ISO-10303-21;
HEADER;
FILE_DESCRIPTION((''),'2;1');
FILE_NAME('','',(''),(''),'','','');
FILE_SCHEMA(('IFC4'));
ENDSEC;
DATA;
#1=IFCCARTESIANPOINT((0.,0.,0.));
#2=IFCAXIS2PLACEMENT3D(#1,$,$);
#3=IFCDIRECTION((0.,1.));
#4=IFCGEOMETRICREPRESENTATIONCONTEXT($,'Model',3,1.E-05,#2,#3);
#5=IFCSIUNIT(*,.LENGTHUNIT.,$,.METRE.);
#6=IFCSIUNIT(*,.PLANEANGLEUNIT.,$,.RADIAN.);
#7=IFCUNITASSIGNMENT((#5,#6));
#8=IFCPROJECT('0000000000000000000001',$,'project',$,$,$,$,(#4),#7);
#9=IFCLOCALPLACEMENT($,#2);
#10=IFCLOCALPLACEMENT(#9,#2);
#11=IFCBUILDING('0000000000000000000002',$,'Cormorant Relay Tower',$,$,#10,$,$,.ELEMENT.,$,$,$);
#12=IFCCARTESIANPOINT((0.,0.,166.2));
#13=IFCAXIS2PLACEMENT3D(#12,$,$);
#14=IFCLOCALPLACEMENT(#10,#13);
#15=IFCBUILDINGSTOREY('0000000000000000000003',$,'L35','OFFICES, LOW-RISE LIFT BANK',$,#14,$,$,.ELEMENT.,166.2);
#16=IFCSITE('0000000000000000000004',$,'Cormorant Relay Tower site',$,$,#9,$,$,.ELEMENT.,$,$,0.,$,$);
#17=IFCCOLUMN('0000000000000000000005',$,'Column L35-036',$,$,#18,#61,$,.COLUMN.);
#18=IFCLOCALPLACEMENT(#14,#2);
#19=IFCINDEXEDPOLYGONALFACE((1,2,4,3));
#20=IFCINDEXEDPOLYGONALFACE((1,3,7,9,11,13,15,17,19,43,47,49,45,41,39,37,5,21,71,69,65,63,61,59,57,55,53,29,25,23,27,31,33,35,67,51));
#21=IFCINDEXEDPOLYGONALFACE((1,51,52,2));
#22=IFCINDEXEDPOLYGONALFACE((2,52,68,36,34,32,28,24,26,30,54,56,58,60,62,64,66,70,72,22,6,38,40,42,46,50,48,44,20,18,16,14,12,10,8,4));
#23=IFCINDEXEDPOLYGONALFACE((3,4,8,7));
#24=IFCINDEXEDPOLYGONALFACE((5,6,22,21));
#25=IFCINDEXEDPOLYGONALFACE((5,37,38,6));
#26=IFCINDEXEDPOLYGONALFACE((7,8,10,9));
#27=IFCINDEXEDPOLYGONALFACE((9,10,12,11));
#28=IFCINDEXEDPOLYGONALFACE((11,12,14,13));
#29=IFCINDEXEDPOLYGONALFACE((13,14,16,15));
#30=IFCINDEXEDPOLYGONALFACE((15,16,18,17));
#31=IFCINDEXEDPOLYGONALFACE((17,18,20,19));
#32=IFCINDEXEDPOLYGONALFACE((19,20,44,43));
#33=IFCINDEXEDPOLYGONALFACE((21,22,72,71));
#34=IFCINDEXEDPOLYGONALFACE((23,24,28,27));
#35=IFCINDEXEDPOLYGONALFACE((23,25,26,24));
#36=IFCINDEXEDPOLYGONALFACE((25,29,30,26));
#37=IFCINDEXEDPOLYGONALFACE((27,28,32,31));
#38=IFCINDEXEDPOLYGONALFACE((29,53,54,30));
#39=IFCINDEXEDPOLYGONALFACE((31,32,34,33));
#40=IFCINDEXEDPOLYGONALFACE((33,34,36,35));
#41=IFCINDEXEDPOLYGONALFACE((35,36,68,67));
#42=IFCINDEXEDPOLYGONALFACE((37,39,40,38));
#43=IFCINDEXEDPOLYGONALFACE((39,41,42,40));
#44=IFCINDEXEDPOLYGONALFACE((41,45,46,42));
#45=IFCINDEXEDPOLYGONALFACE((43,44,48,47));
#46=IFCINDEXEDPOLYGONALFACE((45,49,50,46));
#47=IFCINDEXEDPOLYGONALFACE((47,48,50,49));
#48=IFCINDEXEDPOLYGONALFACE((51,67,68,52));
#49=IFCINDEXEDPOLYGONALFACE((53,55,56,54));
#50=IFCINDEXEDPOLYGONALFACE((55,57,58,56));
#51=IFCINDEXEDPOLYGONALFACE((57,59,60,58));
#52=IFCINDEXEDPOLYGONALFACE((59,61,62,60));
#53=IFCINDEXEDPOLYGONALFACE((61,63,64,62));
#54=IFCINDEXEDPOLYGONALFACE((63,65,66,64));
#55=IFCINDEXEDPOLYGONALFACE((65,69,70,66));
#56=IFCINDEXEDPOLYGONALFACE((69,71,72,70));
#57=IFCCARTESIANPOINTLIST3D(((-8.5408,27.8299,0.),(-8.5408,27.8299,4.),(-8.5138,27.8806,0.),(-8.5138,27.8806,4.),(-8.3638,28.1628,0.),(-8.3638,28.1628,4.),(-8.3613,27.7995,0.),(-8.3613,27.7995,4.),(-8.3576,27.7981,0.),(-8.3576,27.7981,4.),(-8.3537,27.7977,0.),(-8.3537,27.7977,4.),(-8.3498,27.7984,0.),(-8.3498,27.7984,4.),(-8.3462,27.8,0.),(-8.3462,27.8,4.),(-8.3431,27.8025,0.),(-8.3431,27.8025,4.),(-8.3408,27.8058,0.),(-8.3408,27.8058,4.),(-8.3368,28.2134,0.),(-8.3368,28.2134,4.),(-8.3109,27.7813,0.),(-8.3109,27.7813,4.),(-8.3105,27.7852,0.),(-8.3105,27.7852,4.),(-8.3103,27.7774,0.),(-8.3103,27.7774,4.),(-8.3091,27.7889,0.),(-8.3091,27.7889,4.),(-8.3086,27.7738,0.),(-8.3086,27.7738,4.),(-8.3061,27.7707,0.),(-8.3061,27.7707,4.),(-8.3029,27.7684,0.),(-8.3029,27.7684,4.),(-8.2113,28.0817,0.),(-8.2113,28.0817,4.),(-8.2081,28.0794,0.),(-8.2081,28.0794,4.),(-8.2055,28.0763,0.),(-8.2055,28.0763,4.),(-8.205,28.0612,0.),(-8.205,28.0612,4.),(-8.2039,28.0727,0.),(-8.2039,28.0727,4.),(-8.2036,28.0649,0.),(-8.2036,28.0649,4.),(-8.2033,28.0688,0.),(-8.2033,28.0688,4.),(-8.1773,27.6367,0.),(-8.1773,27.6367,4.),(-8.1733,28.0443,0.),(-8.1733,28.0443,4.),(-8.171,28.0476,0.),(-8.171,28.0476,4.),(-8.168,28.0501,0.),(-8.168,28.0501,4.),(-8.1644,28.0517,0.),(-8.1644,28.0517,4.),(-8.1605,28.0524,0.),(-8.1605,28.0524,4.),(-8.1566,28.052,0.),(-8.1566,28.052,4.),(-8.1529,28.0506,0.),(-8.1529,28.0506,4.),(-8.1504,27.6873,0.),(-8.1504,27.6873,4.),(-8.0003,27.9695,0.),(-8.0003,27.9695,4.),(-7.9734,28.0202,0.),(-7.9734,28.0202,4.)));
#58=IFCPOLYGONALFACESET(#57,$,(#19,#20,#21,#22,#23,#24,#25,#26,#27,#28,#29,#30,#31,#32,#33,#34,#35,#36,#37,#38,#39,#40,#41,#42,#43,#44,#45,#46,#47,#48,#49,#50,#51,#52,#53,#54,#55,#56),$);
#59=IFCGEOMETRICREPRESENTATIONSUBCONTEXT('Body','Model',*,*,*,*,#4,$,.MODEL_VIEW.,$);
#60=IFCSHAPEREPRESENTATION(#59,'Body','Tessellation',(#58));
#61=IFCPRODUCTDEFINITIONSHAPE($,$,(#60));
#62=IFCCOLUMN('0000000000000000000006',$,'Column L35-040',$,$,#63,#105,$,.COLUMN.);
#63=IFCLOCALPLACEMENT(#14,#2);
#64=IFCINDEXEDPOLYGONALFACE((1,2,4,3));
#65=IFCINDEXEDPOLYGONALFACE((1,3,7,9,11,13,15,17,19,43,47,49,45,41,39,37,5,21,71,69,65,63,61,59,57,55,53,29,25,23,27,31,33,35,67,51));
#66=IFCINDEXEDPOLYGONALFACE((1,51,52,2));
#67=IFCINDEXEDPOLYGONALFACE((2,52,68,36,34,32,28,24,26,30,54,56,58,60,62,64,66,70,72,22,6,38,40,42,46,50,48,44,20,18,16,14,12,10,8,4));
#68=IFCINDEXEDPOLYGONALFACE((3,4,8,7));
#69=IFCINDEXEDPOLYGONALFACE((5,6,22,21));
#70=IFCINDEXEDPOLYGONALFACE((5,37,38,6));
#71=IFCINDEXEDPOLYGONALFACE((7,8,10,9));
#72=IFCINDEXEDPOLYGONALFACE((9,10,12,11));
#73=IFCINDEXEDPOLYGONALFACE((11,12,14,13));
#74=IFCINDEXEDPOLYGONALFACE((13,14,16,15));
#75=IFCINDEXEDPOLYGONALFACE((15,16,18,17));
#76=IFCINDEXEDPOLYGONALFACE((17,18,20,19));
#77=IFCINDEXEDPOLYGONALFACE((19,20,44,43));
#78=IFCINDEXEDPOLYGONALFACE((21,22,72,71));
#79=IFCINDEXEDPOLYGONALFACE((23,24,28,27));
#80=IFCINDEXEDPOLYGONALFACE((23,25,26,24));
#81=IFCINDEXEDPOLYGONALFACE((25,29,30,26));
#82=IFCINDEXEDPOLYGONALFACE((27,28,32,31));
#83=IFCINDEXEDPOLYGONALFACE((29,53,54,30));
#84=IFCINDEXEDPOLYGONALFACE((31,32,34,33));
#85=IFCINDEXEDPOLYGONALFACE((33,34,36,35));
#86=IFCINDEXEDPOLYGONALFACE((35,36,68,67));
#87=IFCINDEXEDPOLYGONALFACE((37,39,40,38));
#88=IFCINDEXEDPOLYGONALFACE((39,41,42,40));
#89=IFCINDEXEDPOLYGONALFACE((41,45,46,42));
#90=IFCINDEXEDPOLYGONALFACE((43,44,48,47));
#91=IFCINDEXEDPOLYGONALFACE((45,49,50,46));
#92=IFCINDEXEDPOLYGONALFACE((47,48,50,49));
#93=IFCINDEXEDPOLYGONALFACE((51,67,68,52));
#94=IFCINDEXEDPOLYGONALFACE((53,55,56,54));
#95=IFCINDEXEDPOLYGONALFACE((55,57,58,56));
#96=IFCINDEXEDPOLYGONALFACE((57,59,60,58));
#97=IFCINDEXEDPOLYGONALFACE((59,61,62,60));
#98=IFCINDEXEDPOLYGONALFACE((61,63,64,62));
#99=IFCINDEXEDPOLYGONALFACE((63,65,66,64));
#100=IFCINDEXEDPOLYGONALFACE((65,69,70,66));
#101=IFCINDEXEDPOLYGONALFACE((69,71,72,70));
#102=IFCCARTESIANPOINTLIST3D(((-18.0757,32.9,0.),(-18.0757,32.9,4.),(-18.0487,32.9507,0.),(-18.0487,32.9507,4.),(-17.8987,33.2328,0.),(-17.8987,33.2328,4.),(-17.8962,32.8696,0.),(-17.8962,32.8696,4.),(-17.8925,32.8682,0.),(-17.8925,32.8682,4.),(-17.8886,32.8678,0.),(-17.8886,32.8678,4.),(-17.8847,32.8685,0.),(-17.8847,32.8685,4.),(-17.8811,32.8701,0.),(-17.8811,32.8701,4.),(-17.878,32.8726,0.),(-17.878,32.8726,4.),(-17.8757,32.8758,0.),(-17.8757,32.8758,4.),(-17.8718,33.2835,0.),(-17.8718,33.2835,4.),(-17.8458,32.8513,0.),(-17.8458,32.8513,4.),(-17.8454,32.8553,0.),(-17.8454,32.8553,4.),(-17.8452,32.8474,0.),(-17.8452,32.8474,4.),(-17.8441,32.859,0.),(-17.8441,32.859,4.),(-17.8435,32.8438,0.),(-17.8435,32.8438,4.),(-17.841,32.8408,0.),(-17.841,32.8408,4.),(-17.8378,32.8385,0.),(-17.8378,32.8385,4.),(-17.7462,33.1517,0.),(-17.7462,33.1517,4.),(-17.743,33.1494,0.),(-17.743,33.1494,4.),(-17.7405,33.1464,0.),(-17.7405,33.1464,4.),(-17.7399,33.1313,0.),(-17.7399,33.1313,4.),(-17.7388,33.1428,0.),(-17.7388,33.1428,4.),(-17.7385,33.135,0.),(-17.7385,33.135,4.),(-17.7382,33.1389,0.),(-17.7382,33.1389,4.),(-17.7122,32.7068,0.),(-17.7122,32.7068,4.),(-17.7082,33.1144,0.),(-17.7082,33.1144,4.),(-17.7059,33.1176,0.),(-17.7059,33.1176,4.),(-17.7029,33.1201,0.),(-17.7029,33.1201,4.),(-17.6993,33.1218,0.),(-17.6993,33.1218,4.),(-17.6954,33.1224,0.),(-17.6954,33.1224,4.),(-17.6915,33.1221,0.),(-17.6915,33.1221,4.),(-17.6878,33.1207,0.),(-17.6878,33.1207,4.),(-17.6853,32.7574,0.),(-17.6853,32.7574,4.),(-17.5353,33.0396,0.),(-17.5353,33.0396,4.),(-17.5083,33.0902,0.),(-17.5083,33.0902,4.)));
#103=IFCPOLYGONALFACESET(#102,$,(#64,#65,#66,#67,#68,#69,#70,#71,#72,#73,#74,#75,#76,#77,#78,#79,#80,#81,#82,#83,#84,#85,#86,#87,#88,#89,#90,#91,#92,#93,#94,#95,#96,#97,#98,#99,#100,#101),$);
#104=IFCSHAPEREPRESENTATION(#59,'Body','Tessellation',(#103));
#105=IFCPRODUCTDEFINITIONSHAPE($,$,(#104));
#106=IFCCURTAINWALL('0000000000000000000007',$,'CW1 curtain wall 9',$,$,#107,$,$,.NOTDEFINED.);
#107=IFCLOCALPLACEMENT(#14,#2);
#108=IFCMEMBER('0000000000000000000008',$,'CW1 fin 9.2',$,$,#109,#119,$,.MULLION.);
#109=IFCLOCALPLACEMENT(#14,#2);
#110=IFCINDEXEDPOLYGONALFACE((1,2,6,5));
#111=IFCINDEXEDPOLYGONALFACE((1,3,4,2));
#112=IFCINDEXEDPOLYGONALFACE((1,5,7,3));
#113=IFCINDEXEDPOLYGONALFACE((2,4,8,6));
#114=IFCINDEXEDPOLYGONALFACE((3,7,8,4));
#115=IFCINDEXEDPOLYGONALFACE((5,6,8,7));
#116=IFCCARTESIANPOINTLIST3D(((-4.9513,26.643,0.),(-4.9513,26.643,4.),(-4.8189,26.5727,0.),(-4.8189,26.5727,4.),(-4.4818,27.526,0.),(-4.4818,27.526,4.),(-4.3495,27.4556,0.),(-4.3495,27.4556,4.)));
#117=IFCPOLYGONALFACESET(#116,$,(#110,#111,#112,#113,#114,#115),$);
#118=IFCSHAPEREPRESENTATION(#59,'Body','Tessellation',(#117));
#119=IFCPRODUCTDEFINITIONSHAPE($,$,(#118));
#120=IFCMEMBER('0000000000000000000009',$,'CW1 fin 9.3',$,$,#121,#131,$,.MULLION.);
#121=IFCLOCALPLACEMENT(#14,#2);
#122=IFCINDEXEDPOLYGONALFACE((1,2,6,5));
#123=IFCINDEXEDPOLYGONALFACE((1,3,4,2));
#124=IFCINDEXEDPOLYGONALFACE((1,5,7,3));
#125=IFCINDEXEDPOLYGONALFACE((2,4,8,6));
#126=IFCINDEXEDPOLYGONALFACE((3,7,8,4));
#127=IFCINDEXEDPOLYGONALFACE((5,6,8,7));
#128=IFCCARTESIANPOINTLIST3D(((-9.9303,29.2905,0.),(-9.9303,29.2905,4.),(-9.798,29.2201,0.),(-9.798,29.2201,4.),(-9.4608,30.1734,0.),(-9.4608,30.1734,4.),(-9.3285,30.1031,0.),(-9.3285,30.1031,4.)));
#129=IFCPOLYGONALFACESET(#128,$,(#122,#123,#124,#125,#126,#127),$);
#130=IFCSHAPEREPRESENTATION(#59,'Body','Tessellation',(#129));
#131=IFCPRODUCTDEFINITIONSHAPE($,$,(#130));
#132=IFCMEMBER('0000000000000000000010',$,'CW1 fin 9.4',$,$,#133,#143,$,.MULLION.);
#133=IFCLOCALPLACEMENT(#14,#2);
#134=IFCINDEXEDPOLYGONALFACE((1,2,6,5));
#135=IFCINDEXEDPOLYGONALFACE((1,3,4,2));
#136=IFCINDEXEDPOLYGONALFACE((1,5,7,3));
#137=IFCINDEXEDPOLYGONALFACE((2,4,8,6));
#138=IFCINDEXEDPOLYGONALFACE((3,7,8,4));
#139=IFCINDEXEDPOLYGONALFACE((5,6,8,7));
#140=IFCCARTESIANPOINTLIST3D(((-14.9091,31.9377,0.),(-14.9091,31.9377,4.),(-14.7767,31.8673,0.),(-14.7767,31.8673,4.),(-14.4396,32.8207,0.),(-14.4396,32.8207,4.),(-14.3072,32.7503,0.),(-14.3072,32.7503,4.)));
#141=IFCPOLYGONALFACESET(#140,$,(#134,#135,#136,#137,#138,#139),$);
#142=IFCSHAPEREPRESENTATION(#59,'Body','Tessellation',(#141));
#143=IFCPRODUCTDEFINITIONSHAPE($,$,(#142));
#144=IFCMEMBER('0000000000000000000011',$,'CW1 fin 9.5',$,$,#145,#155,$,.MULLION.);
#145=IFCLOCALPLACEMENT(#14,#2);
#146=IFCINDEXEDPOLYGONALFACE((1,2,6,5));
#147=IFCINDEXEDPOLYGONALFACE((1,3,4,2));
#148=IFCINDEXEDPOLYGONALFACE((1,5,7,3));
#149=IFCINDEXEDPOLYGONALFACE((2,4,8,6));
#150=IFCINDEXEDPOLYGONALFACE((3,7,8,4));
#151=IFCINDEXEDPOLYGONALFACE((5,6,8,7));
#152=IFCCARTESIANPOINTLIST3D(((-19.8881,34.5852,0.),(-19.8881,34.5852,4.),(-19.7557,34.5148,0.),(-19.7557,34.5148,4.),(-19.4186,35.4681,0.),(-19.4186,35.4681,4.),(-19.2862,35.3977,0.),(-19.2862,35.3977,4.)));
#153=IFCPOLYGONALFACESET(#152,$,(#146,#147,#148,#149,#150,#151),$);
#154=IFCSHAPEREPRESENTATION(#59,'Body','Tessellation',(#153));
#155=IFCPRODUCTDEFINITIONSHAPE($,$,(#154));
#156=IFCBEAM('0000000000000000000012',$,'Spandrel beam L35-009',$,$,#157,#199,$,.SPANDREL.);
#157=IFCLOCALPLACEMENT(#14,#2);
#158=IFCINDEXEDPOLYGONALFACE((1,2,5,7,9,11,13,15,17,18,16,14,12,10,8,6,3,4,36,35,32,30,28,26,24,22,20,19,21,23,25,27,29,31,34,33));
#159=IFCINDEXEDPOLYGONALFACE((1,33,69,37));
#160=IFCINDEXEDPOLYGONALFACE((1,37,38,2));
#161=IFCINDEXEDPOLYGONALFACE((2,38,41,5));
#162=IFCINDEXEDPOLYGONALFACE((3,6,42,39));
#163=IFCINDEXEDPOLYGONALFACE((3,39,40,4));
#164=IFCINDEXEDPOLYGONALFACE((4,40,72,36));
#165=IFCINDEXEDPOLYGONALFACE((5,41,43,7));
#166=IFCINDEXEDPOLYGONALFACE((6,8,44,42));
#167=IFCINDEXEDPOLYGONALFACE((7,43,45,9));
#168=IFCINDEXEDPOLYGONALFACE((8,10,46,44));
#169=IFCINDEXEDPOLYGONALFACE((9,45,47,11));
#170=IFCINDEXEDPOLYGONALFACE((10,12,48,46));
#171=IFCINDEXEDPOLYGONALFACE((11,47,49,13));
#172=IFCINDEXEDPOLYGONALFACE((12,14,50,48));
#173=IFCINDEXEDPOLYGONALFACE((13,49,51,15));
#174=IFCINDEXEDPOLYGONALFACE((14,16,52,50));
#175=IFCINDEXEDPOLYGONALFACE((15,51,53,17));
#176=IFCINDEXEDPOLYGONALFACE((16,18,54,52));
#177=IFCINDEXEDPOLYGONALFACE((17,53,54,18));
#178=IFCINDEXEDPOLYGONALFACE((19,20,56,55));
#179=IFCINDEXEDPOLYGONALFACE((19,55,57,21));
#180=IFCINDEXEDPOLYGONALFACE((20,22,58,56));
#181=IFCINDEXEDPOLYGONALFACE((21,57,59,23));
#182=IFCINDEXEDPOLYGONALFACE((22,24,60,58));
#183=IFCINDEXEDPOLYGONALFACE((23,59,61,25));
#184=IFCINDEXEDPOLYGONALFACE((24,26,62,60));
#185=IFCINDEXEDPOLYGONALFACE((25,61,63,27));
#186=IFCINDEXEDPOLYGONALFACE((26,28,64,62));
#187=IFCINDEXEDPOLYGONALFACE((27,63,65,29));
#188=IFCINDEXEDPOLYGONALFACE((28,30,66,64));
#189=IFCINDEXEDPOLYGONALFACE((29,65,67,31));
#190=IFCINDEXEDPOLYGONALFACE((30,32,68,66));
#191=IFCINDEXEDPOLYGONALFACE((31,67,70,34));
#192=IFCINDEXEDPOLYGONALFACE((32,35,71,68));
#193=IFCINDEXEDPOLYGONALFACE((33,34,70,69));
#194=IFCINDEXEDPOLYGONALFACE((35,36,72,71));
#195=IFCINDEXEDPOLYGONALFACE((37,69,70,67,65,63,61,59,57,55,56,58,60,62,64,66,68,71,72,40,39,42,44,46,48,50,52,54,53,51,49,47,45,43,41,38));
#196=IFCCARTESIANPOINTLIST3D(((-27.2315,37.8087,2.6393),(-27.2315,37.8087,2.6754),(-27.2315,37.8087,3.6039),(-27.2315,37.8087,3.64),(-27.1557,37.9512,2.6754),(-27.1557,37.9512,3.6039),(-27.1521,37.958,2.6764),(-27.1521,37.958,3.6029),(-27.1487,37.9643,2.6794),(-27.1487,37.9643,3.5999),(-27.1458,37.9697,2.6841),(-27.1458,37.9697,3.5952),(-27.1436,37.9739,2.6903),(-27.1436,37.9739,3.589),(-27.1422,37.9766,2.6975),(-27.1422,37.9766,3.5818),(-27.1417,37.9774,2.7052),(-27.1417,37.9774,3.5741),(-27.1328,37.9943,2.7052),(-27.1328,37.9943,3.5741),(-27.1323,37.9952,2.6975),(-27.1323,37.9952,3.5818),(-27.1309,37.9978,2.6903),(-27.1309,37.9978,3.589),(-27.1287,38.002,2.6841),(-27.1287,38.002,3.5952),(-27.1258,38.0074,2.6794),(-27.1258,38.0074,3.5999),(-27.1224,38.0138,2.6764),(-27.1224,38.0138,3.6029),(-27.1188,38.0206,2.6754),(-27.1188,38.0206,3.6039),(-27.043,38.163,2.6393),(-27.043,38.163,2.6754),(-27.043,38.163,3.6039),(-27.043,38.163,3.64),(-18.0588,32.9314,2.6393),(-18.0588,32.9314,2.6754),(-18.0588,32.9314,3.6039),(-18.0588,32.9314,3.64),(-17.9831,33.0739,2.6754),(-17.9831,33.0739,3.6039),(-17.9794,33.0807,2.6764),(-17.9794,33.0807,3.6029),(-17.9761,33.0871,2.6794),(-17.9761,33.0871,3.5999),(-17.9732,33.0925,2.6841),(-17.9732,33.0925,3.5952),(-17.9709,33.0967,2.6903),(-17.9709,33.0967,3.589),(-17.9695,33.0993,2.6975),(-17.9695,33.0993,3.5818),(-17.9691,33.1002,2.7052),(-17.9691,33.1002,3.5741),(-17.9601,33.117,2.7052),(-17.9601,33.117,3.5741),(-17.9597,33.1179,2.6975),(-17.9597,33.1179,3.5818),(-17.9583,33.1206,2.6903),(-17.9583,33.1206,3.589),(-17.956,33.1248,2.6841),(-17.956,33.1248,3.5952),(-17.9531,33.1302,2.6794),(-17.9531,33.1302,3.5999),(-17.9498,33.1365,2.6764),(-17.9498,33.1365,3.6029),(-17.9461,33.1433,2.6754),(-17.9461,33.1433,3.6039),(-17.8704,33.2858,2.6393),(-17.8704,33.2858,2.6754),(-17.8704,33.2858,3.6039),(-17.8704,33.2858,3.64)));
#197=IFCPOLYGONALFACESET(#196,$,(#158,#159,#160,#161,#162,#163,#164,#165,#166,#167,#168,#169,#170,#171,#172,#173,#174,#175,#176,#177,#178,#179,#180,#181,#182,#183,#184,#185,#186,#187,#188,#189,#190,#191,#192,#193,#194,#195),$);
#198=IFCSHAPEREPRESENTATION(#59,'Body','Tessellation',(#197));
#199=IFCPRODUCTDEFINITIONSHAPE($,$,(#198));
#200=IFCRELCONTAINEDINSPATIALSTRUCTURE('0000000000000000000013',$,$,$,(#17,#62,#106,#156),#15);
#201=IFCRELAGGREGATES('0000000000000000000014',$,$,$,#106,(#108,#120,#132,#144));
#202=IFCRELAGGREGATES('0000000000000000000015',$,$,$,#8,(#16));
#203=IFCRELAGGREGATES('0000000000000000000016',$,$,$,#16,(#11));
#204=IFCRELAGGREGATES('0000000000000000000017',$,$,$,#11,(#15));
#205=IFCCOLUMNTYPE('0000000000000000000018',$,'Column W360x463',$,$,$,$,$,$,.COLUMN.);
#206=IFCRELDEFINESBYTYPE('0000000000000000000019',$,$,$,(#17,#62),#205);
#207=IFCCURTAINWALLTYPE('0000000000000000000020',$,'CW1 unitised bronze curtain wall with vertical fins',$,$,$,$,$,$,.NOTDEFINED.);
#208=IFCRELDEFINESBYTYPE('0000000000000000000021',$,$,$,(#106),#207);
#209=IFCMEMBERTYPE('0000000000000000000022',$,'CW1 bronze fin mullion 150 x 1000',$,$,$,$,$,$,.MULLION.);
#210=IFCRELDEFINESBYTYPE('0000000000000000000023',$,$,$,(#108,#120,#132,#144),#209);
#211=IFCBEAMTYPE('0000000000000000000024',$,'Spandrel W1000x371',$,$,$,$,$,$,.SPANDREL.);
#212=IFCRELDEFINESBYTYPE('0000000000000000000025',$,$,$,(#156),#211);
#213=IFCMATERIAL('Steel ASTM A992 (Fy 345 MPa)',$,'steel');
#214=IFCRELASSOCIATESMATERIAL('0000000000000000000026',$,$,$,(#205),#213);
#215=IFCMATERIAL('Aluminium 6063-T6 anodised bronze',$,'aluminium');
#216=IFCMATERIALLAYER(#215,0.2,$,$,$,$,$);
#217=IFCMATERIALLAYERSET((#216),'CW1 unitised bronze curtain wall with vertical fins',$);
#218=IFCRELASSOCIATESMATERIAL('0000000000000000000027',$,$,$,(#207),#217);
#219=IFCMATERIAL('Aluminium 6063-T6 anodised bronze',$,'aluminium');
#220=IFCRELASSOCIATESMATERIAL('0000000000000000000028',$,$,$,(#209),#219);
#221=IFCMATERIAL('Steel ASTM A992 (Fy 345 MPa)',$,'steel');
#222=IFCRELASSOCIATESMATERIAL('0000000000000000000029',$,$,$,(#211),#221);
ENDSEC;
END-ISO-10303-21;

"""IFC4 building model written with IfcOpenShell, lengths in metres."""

from ifc_helpers import new_model, si_unit, direction, frame, origin, origin_2d, place, context, subcontext, project, spatial, rectangle, i_section, extrude, material, layer, layer_set, material_profile, profile_set, type_object, element, aggregate, save


model = new_model("IFC4")

# Units and contexts
model_context = context("Model", 3, precision=1e-05, world=origin(), true_north=direction((0.0, 1.0)))
body_context = subcontext(model_context, "Body", "Model", "MODEL_VIEW")
ifc_project = project(units=[si_unit("LENGTHUNIT", "METRE"), si_unit("PLANEANGLEUNIT", "RADIAN")], contexts=[model_context])

# Site, building, storey
site_placement = place(None, origin())
site = spatial("IfcSite", under=ifc_project, at=site_placement, Name="Cormorant Relay Tower site", CompositionType="ELEMENT", RefElevation=0.0)
building_placement = place(site_placement, origin())
building = spatial("IfcBuilding", under=site, at=building_placement, Name="Cormorant Relay Tower", CompositionType="ELEMENT")
storey_placement = place(building_placement, frame((0.0, 0.0, 166.2)))
storey = spatial("IfcBuildingStorey", under=building, at=storey_placement, Name="L35", Description="OFFICES, LOW-RISE LIFT BANK", CompositionType="ELEMENT", Elevation=166.2)

# Columns
ifc_material_1 = material(Name="Steel ASTM A992 (Fy 345 MPa)", Category="steel")
ifc_material_profile_1 = material_profile(ifc_material_1, i_section(OverallWidth=0.4116, OverallDepth=0.4343, WebThickness=0.0359, FlangeThickness=0.0574, FilletRadius=0.0151, at=origin_2d()), Name="W360x463")
ifc_profile_set_1 = profile_set([ifc_material_profile_1], Name="Steel ASTM A992 (Fy 345 MPa)")
column_type = type_object("IfcColumnType", Name="Column W360x463", PredefinedType="COLUMN", material=ifc_profile_set_1)
for number, where, z_axis, x_axis, name in (
    (1, (-8.2571, 27.925, 0.0), (0.0, 0.0, 1.0), (-0.882948, 0.469472, 0.0), "Column L35-036"),
    (2, (-17.792, 32.9951, 0.0), (0.0, 0.0, 1.0), (-0.882948, 0.469472, 0.0), "Column L35-040"),
):
    element("IfcColumn", number, at=place(storey_placement, frame(where, z_axis=z_axis, x_axis=x_axis)), inside=storey, type_object=column_type, Name=name, PredefinedType="COLUMN", context=body_context, shape_type="SweptSolid", body=[
        extrude(i_section(OverallWidth=0.4116, OverallDepth=0.4343, WebThickness=0.0359, FlangeThickness=0.0574, FilletRadius=0.0151, at=origin_2d()), origin(), (0.0, 0.0, 1.0), 4.0),
    ])

# Curtain wall, members
ifc_material_2 = material(Name="Aluminium 6063-T6 anodised bronze", Category="aluminium")
ifc_layer_1 = layer(ifc_material_2, 0.2)
ifc_layer_set_1 = layer_set([ifc_layer_1], Name="CW1 unitised bronze curtain wall with vertical fins")
curtain_wall_type = type_object("IfcCurtainWallType", Name="CW1 unitised bronze curtain wall with vertical fins", PredefinedType="NOTDEFINED", material=ifc_layer_set_1)
curtain_wall_placement = place(storey_placement, origin())
curtain_wall = element("IfcCurtainWall", 3, at=curtain_wall_placement, inside=storey, type_object=curtain_wall_type, Name="CW1 curtain wall 9", PredefinedType="NOTDEFINED")
ifc_material_3 = material(Name="Aluminium 6063-T6 anodised bronze", Category="aluminium")
ifc_material_profile_2 = material_profile(ifc_material_3, rectangle(XDim=0.1499, YDim=1.0, at=origin_2d()), Name="AL 150x1000")
ifc_profile_set_2 = profile_set([ifc_material_profile_2], Name="Aluminium 6063-T6 anodised bronze")
member_type = type_object("IfcMemberType", Name="CW1 bronze fin mullion 150 x 1000", PredefinedType="MULLION", material=ifc_profile_set_2)
member_1_placement = place(storey_placement, frame((-4.6504, 27.0493, 0.0), z_axis=(0.0, 0.0, 1.0), x_axis=(-0.882948, 0.469472, 0.0)))
member_1 = element("IfcMember", 4, at=member_1_placement, type_object=member_type, Name="CW1 fin 9.2", PredefinedType="MULLION", context=body_context, shape_type="SweptSolid", body=[
    extrude(rectangle(XDim=0.1499, YDim=1.0, at=origin_2d()), origin(), (0.0, 0.0, 1.0), 4.0),
])
member_2_placement = place(storey_placement, frame((-9.6294, 29.6968, 0.0), z_axis=(0.0, 0.0, 1.0), x_axis=(-0.882948, 0.469472, 0.0)))
member_2 = element("IfcMember", 5, at=member_2_placement, type_object=member_type, Name="CW1 fin 9.3", PredefinedType="MULLION", context=body_context, shape_type="SweptSolid", body=[
    extrude(rectangle(XDim=0.1499, YDim=1.0, at=origin_2d()), origin(), (0.0, 0.0, 1.0), 4.0),
])
member_3_placement = place(storey_placement, frame((-14.6082, 32.344, 0.0), z_axis=(0.0, 0.0, 1.0), x_axis=(-0.882948, 0.469472, 0.0)))
member_3 = element("IfcMember", 6, at=member_3_placement, type_object=member_type, Name="CW1 fin 9.4", PredefinedType="MULLION", context=body_context, shape_type="SweptSolid", body=[
    extrude(rectangle(XDim=0.1499, YDim=1.0, at=origin_2d()), origin(), (0.0, 0.0, 1.0), 4.0),
])
member_4_placement = place(storey_placement, frame((-19.5872, 34.9915, 0.0), z_axis=(0.0, 0.0, 1.0), x_axis=(-0.882948, 0.469472, 0.0)))
member_4 = element("IfcMember", 7, at=member_4_placement, type_object=member_type, Name="CW1 fin 9.5", PredefinedType="MULLION", context=body_context, shape_type="SweptSolid", body=[
    extrude(rectangle(XDim=0.1499, YDim=1.0, at=origin_2d()), origin(), (0.0, 0.0, 1.0), 4.0),
])

# Beam
ifc_material_4 = material(Name="Steel ASTM A992 (Fy 345 MPa)", Category="steel")
ifc_material_profile_3 = material_profile(ifc_material_4, i_section(OverallWidth=0.4014, OverallDepth=1.0007, WebThickness=0.019, FlangeThickness=0.0361, FilletRadius=0.0298, at=origin_2d()), Name="W1000x371")
ifc_profile_set_3 = profile_set([ifc_material_profile_3], Name="Steel ASTM A992 (Fy 345 MPa)")
beam_type_1 = type_object("IfcBeamType", Name="Spandrel W1000x371", PredefinedType="SPANDREL", material=ifc_profile_set_3)
beam_1_placement = place(storey_placement, frame((-17.9646, 33.1086, 3.1396), z_axis=(-0.882946, 0.469474, 0.0), x_axis=(-0.469474, -0.882946, 0.0)))
element("IfcBeam", 8, at=beam_1_placement, inside=storey, type_object=beam_type_1, Name="Spandrel beam L35-009", PredefinedType="SPANDREL", context=body_context, shape_type="SweptSolid", body=[
    extrude(i_section(OverallWidth=0.4014, OverallDepth=1.0007, WebThickness=0.019, FlangeThickness=0.0361, FilletRadius=0.0298, at=origin_2d()), origin(), (0.0, 0.0, 1.0), 10.3887),
])

aggregate(curtain_wall, [member_1, member_2, member_3, member_4])

save(model, "model.ifc")
